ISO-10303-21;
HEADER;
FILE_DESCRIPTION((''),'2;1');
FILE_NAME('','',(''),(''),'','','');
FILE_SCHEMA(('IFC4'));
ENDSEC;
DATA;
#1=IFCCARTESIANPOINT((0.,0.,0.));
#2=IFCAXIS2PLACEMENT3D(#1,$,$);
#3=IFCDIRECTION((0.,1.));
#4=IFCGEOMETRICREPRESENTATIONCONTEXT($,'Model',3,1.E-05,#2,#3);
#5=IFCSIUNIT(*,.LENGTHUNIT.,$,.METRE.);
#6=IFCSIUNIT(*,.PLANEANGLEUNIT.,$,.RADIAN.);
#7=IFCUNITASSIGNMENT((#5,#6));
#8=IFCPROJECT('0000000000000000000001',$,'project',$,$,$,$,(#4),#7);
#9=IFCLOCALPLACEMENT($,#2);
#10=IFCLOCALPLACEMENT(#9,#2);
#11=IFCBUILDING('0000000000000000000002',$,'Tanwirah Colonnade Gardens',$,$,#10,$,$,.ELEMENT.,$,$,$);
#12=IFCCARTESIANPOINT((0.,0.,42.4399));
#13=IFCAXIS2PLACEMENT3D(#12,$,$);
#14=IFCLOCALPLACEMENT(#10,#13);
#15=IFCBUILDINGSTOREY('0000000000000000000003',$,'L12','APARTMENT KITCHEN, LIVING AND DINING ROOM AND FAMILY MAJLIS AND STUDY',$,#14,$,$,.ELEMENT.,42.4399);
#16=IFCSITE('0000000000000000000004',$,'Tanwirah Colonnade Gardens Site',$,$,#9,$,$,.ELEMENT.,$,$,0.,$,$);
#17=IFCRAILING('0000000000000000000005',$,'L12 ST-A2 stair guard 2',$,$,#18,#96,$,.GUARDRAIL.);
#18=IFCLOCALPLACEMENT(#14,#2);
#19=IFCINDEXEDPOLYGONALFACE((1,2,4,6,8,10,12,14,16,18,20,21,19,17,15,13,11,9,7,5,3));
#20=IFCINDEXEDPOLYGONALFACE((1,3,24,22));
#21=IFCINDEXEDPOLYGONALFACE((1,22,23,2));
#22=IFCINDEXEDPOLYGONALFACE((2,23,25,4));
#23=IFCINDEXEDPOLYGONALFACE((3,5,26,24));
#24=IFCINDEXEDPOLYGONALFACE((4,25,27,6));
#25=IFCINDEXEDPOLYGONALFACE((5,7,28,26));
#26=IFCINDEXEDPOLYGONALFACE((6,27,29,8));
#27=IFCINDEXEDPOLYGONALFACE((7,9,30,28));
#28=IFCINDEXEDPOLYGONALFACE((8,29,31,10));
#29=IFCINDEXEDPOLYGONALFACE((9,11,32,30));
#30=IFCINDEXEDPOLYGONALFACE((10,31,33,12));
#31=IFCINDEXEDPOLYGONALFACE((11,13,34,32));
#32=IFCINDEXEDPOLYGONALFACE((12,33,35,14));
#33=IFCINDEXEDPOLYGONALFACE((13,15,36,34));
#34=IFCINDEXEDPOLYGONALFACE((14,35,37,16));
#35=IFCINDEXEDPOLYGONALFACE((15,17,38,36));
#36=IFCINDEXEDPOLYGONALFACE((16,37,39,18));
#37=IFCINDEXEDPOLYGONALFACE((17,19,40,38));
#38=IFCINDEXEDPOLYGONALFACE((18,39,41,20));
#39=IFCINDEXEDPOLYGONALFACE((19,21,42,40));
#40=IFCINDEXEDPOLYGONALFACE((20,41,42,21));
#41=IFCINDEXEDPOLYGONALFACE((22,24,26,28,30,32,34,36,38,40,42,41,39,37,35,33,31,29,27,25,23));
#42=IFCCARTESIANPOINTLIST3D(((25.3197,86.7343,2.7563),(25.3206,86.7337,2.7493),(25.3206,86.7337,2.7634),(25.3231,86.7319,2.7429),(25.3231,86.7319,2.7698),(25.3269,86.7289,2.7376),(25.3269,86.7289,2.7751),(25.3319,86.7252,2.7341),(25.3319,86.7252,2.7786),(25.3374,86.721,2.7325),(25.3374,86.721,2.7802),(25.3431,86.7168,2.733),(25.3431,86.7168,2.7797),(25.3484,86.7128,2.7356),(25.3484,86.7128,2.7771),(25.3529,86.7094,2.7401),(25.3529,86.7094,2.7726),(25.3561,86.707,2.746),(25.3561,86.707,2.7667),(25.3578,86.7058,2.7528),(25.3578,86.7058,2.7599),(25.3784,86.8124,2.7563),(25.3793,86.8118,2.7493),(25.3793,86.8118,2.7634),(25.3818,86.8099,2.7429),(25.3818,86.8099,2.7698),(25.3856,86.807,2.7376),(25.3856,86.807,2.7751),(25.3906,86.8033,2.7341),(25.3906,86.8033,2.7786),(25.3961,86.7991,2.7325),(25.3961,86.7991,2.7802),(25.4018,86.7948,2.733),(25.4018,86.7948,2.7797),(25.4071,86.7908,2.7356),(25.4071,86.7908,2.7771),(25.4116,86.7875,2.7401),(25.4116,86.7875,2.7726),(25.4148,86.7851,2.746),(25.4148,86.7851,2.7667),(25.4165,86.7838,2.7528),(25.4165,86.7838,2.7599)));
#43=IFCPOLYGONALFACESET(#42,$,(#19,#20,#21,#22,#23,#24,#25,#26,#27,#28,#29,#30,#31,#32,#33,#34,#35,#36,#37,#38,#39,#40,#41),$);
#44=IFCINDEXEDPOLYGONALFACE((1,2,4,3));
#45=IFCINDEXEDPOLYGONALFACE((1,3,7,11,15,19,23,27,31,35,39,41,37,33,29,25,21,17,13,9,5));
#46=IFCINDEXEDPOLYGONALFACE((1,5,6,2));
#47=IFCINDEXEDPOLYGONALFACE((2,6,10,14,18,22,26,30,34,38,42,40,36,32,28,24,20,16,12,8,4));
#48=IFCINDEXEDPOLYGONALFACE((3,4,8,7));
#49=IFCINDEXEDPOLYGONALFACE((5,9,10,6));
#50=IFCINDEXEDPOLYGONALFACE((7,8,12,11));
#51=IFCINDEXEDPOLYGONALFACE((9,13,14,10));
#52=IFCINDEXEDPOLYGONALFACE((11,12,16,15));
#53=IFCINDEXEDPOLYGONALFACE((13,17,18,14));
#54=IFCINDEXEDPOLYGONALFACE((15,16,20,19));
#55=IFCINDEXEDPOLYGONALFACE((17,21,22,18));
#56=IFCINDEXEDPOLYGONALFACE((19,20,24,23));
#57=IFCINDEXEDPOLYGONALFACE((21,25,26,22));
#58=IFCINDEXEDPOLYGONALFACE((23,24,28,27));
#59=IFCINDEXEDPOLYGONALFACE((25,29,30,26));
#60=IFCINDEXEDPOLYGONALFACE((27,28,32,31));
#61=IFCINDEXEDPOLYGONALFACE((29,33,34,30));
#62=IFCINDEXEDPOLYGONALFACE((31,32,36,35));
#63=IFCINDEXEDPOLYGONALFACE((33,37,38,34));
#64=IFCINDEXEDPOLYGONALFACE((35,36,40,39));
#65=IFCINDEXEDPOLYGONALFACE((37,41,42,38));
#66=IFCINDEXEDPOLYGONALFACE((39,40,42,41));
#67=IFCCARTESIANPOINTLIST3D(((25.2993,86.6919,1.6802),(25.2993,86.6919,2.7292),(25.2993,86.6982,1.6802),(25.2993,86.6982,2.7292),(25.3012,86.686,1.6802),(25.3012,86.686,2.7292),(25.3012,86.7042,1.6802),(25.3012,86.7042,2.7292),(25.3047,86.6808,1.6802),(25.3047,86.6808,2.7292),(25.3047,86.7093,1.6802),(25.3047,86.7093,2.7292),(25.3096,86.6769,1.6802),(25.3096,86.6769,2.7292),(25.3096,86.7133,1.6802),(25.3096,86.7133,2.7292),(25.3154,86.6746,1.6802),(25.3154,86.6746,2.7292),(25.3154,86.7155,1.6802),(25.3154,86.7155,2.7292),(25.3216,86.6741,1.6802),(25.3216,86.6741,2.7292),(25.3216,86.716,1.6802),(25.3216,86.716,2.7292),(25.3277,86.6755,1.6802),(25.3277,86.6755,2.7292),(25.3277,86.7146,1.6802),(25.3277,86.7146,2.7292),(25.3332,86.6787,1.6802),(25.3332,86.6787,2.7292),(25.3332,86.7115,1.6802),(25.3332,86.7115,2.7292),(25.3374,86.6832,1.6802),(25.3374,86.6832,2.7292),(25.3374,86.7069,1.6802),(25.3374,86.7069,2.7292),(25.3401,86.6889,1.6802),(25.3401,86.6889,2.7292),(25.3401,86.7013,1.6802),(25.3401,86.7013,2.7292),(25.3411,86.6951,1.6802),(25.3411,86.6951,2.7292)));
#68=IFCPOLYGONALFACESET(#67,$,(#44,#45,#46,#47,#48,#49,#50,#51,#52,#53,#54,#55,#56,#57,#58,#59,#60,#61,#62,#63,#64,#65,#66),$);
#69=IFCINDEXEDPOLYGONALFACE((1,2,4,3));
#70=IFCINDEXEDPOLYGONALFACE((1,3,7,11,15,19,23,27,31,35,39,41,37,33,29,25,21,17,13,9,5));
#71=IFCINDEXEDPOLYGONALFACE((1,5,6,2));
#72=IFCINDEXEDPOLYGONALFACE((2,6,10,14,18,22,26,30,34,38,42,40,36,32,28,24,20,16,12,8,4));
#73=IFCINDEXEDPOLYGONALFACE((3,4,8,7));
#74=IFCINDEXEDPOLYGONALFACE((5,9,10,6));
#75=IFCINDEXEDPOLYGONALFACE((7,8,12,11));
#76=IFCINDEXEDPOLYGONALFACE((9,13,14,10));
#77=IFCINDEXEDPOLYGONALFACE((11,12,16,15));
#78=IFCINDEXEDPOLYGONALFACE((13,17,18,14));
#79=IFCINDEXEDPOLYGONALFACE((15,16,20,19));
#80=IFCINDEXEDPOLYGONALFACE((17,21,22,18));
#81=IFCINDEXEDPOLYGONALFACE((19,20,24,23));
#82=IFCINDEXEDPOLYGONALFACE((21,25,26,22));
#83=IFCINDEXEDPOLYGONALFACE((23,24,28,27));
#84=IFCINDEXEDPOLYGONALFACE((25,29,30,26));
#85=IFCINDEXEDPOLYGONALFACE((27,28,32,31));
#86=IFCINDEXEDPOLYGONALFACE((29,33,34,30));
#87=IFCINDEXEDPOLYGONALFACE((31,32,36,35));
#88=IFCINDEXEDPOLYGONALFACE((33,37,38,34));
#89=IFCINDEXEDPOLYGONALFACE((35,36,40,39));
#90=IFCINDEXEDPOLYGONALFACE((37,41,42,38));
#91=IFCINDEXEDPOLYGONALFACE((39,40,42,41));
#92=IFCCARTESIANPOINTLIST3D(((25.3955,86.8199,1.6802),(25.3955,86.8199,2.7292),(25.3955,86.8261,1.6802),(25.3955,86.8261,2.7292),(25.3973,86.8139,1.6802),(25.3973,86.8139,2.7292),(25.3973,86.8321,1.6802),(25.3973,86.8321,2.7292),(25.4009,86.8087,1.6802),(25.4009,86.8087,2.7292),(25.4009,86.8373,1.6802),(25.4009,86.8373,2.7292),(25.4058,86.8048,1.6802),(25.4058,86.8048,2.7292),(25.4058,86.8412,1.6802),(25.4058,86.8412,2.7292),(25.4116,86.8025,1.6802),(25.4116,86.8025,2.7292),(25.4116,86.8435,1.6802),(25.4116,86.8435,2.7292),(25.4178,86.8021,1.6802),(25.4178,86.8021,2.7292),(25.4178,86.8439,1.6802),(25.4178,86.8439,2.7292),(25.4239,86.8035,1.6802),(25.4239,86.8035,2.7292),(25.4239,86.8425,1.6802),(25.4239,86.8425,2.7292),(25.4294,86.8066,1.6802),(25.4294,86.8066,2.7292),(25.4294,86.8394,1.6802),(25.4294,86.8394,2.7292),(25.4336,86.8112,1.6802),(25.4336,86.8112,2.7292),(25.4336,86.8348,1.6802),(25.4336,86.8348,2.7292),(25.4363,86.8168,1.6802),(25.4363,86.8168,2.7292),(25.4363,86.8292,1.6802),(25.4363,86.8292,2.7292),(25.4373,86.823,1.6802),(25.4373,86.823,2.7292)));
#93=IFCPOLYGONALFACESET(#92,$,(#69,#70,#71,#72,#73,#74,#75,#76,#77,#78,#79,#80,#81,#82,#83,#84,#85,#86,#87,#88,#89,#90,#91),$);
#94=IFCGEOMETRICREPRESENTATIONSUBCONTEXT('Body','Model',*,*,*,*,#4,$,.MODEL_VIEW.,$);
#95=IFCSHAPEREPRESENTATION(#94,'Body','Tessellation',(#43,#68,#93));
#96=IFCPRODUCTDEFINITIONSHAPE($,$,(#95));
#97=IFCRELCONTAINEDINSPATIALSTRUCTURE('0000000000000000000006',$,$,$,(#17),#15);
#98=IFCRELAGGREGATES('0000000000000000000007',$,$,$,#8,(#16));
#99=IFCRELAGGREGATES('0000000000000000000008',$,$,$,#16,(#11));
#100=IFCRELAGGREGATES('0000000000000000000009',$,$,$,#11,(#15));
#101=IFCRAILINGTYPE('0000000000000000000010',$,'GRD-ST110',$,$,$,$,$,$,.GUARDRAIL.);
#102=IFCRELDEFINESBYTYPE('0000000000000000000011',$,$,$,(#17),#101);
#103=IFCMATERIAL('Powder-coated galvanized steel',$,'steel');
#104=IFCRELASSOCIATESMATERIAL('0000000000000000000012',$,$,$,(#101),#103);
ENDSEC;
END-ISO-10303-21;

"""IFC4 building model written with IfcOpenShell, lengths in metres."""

from ifc_helpers import new_model, si_unit, direction, frame, origin, origin_2d, place, context, subcontext, project, spatial, circle, extrude, material, type_object, element, save


model = new_model("IFC4")

# Units and contexts
model_context = context("Model", 3, precision=1e-05, world=origin(), true_north=direction((0.0, 1.0)))
body_context = subcontext(model_context, "Body", "Model", "MODEL_VIEW")
ifc_project = project(units=[si_unit("LENGTHUNIT", "METRE"), si_unit("PLANEANGLEUNIT", "RADIAN")], contexts=[model_context])

# Site, building, storey
site_placement = place(None, origin())
site = spatial("IfcSite", under=ifc_project, at=site_placement, Name="Tanwirah Colonnade Gardens Site", CompositionType="ELEMENT", RefElevation=0.0)
building_placement = place(site_placement, origin())
building = spatial("IfcBuilding", under=site, at=building_placement, Name="Tanwirah Colonnade Gardens", CompositionType="ELEMENT")
storey_placement = place(building_placement, frame((0.0, 0.0, 42.4399)))
storey = spatial("IfcBuildingStorey", under=building, at=storey_placement, Name="L12", Description="APARTMENT KITCHEN, LIVING AND DINING ROOM AND FAMILY MAJLIS AND STUDY", CompositionType="ELEMENT", Elevation=42.4399)

# Railing
ifc_material_1 = material(Name="Powder-coated galvanized steel", Category="steel")
railing_type_1 = type_object("IfcRailingType", Name="GRD-ST110", PredefinedType="GUARDRAIL", material=ifc_material_1)
railing_1_placement = place(storey_placement, frame((25.3201, 86.6951, 1.6802)))
element("IfcRailing", 1, at=railing_1_placement, inside=storey, type_object=railing_type_1, Name="L12 ST-A2 stair guard 2", PredefinedType="GUARDRAIL", context=body_context, shape_type="SweptSolid", body=[
    extrude(circle(Radius=0.0239, at=origin_2d()), frame((0.0188, 0.0249, 1.0762), z_axis=(0.600976, 0.799267, 0.0), x_axis=(-0.799267, 0.600976, 0.0)), (0.0, 0.0, 1.0), 0.0977),
    extrude(circle(Radius=0.021, at=origin_2d()), origin(), (0.0, 0.0, 1.0), 1.0491),
    extrude(circle(Radius=0.021, at=origin_2d()), frame((0.0962, 0.1279, 0.0)), (0.0, 0.0, 1.0), 1.0491),
])

save(model, "model.ifc")
